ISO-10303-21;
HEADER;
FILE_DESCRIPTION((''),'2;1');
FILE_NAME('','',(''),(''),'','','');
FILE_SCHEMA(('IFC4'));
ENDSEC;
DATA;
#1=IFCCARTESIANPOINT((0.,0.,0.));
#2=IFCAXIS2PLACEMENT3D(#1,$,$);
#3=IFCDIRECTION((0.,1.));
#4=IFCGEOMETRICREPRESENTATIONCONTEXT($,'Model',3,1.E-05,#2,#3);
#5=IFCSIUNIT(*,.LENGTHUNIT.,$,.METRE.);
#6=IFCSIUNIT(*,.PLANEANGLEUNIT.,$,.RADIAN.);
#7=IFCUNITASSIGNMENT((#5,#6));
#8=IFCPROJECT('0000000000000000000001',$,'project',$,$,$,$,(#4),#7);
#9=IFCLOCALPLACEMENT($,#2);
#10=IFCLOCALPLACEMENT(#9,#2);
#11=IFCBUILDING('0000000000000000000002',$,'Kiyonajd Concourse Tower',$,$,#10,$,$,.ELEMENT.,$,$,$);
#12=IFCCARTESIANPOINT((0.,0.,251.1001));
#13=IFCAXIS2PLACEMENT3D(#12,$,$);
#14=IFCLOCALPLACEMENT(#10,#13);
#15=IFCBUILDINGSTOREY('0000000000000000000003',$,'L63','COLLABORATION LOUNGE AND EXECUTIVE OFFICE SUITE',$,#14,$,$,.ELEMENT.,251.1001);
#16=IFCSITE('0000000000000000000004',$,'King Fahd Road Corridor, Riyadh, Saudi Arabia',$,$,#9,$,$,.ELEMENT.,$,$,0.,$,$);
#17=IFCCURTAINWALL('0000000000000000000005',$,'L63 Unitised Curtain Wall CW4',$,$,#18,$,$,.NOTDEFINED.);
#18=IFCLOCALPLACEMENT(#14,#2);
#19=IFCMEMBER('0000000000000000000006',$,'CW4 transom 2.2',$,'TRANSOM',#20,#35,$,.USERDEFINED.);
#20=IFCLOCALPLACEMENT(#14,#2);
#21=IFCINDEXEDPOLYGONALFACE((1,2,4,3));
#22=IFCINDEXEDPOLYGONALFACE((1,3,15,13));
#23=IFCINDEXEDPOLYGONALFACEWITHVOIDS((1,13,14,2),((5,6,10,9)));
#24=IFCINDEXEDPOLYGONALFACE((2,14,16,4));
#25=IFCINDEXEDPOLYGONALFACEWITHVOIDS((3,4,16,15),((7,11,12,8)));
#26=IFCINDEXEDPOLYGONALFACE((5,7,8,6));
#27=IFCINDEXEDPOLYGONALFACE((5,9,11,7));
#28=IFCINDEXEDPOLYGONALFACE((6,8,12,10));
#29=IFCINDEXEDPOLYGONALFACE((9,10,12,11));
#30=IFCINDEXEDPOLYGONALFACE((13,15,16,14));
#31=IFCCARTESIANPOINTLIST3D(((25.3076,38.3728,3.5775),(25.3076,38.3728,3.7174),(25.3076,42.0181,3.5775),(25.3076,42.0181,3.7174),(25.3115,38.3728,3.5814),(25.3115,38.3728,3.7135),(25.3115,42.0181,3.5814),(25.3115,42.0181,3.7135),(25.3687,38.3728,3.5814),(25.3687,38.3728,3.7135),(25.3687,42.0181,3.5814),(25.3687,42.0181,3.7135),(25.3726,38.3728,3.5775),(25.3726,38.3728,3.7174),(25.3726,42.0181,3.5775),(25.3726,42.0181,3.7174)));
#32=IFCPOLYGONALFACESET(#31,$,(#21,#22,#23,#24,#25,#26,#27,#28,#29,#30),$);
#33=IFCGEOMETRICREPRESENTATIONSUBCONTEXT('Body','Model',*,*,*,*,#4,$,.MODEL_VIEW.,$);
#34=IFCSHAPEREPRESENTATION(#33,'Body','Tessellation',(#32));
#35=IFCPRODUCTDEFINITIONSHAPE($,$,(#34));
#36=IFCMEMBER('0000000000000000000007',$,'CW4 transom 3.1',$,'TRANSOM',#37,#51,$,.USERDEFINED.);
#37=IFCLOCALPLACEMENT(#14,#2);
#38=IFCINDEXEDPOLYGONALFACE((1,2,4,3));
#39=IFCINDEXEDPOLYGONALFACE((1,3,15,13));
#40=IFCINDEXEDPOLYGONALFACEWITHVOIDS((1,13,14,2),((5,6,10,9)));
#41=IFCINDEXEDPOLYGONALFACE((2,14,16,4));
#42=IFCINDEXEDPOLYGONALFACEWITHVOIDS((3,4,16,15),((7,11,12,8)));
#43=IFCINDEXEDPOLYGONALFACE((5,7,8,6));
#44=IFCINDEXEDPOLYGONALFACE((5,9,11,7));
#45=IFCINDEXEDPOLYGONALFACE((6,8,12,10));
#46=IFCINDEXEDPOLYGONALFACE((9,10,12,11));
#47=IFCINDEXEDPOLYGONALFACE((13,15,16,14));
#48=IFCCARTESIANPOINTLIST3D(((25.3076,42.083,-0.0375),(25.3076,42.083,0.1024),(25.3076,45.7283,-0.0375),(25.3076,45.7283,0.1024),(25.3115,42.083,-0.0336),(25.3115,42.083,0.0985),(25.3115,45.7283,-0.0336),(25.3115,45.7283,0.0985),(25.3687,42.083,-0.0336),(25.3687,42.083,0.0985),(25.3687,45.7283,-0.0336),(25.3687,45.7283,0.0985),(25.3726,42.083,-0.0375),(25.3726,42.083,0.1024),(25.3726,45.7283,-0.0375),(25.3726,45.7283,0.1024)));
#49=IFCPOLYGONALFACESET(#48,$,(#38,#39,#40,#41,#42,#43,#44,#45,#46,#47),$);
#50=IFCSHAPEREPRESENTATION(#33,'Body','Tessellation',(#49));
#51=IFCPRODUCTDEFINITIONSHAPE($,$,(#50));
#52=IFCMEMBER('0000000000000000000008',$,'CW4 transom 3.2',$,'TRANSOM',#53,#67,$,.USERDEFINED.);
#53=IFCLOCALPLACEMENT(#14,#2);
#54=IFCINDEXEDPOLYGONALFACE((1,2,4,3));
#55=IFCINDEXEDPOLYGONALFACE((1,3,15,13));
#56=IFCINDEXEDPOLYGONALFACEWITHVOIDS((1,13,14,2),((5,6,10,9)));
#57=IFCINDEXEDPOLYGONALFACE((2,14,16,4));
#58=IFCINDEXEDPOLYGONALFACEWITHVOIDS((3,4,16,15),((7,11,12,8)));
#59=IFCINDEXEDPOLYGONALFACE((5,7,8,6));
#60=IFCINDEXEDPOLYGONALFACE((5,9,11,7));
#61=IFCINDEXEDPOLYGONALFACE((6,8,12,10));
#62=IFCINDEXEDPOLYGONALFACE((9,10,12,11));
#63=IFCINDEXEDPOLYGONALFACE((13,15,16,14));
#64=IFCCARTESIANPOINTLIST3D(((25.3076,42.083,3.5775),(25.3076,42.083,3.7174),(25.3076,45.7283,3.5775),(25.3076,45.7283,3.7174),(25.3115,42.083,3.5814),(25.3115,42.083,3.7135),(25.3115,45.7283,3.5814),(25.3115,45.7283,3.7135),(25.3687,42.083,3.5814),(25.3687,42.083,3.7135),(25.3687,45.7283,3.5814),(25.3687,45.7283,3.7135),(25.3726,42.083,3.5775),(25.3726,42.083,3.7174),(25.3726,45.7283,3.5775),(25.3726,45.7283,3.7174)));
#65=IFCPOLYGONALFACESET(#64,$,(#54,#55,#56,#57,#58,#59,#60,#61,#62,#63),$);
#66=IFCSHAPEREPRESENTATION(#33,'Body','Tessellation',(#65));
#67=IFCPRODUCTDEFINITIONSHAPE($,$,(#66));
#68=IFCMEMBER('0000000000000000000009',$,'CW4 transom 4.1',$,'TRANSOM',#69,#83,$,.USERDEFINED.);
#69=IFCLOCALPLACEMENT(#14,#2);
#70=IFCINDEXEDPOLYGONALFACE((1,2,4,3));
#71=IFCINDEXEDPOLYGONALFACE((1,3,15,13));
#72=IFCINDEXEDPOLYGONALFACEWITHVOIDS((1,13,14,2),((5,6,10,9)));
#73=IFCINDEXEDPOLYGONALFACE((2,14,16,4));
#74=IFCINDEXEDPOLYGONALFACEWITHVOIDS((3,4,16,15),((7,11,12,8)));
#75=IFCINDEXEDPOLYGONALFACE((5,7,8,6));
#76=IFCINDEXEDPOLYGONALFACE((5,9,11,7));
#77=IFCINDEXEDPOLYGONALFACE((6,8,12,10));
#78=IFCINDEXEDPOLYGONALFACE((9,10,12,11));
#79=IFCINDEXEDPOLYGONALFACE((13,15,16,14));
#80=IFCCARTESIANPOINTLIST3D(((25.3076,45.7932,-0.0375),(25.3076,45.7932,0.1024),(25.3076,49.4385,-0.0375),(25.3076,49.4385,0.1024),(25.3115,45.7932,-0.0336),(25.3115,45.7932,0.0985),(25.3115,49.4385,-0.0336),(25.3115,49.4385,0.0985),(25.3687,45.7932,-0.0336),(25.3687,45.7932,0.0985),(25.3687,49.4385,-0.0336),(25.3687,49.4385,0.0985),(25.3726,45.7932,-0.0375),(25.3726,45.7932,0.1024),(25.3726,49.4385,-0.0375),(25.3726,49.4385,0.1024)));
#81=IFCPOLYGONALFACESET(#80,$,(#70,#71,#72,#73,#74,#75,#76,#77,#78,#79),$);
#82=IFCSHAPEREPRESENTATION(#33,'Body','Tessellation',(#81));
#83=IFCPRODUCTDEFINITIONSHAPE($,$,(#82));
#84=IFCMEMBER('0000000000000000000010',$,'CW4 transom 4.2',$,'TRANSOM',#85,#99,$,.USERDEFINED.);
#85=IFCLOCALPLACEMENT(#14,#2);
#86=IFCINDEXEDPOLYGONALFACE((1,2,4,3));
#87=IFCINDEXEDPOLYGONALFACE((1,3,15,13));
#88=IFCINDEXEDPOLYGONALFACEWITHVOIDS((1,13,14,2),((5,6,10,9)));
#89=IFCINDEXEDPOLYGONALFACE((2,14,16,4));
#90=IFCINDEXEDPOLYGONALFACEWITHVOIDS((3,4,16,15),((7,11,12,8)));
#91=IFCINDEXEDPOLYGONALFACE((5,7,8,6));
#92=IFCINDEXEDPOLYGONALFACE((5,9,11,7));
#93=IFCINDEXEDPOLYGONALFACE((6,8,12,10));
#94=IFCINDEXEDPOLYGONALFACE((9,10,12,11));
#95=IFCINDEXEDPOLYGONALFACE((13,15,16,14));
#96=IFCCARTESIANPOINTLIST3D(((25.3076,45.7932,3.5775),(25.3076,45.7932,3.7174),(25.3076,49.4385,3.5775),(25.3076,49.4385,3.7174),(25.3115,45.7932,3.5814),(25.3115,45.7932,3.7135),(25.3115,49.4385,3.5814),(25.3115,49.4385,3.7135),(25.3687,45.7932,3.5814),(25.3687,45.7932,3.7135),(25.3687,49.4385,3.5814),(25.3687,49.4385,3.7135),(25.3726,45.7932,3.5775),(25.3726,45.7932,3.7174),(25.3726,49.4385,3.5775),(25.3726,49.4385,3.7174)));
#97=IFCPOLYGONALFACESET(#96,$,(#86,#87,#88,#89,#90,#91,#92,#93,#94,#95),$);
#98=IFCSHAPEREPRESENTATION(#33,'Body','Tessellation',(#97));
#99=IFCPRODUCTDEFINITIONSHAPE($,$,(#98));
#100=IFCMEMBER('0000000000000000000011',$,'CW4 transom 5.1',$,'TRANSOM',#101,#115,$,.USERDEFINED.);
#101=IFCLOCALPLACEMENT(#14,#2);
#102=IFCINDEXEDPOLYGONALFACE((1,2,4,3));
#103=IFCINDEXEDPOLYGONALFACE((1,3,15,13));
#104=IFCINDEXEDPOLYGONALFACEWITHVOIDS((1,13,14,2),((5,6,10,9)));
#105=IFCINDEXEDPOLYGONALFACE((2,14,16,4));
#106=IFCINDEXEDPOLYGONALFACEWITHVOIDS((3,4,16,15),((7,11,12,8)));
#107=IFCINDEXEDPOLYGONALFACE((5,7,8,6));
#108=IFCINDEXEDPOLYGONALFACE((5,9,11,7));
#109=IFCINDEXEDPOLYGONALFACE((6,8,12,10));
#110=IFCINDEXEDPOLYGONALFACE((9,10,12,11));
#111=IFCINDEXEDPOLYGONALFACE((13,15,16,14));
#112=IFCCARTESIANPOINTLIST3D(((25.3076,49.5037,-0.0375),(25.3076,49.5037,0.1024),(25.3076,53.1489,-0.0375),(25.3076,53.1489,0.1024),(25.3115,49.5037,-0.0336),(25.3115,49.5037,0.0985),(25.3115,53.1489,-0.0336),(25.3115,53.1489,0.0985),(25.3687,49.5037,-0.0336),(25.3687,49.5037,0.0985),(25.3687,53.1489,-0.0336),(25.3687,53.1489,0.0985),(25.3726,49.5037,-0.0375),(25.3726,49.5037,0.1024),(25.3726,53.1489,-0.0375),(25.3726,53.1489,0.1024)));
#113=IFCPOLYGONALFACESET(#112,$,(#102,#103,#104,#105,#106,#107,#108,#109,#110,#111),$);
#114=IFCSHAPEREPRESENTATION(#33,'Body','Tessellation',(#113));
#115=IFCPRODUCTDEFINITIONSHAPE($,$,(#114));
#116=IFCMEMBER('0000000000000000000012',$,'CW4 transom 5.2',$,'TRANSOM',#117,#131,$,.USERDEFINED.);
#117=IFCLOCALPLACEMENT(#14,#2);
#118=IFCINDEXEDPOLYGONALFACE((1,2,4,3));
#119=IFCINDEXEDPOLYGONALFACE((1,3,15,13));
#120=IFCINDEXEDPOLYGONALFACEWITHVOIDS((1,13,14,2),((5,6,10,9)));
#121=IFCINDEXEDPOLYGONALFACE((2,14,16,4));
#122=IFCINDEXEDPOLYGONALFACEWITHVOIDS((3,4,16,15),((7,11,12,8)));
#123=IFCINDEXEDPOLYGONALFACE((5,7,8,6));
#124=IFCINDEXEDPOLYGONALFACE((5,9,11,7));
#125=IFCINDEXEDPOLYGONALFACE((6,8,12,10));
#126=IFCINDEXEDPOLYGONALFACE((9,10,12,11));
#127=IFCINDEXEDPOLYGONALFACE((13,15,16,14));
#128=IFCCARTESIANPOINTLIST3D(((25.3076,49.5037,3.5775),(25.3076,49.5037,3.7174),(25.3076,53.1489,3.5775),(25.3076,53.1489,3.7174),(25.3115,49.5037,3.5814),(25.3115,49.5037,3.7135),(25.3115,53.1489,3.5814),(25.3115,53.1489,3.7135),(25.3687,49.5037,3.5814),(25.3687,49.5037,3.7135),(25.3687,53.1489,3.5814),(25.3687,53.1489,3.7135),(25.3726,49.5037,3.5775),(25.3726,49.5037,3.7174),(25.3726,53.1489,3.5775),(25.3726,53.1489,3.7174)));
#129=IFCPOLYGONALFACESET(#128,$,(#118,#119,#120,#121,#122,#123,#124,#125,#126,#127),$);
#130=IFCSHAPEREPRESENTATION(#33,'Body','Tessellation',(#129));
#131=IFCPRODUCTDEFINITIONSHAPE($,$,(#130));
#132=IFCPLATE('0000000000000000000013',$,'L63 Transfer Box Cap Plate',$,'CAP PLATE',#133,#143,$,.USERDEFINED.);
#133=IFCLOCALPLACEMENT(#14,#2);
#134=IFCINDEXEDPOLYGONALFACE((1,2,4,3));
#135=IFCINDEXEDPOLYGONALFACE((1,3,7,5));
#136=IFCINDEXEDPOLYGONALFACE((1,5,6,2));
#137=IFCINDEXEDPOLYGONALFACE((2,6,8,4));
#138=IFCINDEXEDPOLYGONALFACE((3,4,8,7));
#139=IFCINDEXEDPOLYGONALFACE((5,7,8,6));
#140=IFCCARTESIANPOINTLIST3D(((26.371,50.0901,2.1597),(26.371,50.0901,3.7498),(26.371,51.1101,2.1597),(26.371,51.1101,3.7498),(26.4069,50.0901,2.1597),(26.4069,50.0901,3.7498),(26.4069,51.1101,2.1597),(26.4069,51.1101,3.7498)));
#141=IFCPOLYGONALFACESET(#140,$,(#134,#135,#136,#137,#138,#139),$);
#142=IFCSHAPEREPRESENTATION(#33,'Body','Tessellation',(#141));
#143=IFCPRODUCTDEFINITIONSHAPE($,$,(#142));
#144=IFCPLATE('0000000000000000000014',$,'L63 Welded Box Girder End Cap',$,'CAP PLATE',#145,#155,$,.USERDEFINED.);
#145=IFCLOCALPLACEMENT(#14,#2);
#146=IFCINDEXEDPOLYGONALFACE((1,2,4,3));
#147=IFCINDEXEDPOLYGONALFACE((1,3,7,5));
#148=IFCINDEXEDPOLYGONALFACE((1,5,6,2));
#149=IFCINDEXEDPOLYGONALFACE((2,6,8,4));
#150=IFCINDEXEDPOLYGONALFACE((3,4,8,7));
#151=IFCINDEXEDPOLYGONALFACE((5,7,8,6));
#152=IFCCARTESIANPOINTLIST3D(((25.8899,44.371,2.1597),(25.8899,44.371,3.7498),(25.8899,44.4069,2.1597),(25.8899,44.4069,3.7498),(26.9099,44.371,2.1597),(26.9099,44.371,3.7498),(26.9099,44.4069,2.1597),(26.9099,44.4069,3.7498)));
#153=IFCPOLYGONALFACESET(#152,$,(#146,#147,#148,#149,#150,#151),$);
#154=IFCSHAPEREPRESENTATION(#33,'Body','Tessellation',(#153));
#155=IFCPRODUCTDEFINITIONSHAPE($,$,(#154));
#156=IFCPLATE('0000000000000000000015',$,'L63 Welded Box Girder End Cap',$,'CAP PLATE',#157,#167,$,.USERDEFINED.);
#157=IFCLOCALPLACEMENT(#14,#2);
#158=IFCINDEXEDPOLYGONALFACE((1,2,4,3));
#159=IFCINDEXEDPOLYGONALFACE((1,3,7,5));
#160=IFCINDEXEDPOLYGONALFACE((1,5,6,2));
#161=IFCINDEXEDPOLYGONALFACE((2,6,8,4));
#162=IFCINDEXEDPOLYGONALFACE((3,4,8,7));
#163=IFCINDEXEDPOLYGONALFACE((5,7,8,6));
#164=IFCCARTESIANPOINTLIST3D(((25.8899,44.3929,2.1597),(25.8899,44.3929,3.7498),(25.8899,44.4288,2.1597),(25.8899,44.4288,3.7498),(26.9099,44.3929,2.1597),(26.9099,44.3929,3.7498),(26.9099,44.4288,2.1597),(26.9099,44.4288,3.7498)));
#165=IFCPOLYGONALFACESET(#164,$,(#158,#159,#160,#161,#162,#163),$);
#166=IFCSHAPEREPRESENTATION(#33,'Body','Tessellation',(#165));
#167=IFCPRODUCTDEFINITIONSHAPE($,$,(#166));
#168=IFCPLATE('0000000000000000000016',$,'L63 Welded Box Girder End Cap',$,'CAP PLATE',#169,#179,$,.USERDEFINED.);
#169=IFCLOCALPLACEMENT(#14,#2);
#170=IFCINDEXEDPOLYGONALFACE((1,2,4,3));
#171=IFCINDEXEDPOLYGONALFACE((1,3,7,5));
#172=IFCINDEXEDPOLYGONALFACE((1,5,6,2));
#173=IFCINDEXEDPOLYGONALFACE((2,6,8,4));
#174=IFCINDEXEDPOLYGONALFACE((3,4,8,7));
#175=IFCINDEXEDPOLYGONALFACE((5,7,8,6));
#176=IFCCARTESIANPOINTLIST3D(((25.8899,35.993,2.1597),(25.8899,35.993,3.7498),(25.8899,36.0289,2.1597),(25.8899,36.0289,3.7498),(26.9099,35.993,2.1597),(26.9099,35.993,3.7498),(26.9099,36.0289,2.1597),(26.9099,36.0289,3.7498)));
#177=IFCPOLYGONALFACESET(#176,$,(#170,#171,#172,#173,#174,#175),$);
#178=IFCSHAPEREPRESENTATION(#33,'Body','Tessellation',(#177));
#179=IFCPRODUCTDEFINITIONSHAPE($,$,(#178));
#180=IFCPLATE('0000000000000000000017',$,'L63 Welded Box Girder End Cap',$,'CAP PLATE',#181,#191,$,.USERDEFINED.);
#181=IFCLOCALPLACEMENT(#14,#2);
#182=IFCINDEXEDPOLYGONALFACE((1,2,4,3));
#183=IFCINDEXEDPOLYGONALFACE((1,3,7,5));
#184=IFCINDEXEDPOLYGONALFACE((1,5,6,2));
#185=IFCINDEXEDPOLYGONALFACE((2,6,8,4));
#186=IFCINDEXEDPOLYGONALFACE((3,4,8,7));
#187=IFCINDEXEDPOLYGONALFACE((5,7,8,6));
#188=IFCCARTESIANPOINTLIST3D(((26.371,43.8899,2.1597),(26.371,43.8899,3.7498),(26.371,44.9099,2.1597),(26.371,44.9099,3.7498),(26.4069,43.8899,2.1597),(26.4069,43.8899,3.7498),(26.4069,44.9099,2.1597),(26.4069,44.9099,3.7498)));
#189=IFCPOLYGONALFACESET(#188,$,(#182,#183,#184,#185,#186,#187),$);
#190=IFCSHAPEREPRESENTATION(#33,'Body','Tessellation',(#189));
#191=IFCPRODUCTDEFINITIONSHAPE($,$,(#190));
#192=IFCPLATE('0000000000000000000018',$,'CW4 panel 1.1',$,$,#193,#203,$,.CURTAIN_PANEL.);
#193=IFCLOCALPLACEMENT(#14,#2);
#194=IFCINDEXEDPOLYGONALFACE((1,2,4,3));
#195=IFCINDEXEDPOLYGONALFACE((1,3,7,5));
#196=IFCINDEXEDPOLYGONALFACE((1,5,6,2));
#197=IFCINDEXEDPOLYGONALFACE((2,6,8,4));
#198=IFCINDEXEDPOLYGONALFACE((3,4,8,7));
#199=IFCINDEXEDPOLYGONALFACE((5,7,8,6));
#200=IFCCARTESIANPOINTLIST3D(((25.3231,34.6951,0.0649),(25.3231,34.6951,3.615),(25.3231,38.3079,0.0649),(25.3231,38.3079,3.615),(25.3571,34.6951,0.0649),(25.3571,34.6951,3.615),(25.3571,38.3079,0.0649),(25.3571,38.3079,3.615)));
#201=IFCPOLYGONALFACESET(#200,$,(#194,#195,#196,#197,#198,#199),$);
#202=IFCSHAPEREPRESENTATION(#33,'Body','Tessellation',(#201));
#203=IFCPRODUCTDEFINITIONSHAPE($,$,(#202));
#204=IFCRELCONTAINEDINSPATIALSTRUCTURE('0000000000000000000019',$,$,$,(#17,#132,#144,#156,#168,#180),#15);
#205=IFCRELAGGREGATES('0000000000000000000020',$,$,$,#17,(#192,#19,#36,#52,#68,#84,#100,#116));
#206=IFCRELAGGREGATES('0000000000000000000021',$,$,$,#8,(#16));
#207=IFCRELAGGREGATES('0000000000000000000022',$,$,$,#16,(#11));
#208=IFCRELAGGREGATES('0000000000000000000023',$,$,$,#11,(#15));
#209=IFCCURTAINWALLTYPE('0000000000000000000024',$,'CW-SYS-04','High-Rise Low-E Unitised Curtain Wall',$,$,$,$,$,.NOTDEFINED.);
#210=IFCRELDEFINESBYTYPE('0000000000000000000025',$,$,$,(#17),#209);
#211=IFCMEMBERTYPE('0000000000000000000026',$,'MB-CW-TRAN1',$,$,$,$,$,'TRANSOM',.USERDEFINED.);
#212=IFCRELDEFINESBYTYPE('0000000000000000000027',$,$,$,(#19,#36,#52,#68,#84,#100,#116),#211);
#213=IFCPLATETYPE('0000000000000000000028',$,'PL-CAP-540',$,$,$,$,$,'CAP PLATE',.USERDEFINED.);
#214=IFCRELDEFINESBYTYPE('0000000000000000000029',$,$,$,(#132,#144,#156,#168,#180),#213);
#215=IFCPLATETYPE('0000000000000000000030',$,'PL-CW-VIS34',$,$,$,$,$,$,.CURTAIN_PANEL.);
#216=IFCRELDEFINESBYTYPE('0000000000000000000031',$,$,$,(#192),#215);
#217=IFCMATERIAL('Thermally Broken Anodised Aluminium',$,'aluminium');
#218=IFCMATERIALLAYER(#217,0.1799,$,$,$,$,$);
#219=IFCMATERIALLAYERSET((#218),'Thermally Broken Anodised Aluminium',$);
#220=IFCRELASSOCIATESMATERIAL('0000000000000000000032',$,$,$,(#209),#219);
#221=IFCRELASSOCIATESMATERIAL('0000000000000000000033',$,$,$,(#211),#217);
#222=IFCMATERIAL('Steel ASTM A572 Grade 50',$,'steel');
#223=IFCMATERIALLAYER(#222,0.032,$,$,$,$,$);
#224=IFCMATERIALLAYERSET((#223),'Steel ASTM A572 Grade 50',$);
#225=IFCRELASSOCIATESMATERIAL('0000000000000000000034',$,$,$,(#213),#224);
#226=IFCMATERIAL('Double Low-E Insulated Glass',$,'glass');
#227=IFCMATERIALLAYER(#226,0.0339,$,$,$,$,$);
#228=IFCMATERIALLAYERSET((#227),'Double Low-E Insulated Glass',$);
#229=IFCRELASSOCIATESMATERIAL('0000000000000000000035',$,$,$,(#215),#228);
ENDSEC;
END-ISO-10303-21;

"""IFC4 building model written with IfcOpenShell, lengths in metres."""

from ifc_helpers import new_model, si_unit, direction, frame, origin, origin_2d, place, context, subcontext, project, spatial, rectangle, hollow_rectangle, extrude, material, layer, layer_set, material_profile, profile_set, type_object, element, aggregate, save


model = new_model("IFC4")

# Units and contexts
model_context = context("Model", 3, precision=1e-05, world=origin(), true_north=direction((0.0, 1.0)))
body_context = subcontext(model_context, "Body", "Model", "MODEL_VIEW")
ifc_project = project(units=[si_unit("LENGTHUNIT", "METRE"), si_unit("PLANEANGLEUNIT", "RADIAN")], contexts=[model_context])

# Site, building, storey
site_placement = place(None, origin())
site = spatial("IfcSite", under=ifc_project, at=site_placement, Name="King Fahd Road Corridor, Riyadh, Saudi Arabia", CompositionType="ELEMENT", RefElevation=0.0)
building_placement = place(site_placement, origin())
building = spatial("IfcBuilding", under=site, at=building_placement, Name="Kiyonajd Concourse Tower", CompositionType="ELEMENT")
storey_placement = place(building_placement, frame((0.0, 0.0, 251.1001)))
storey = spatial("IfcBuildingStorey", under=building, at=storey_placement, Name="L63", Description="COLLABORATION LOUNGE AND EXECUTIVE OFFICE SUITE", CompositionType="ELEMENT", Elevation=251.1001)

# Shared definitions
ifc_material_1 = material(Name="Steel ASTM A572 Grade 50", Category="steel")

# Curtain wall, members
ifc_material_2 = material(Name="Thermally Broken Anodised Aluminium", Category="aluminium")
ifc_layer_1 = layer(ifc_material_2, 0.1799)
ifc_layer_set_1 = layer_set([ifc_layer_1], Name="Thermally Broken Anodised Aluminium")
curtain_wall_type = type_object("IfcCurtainWallType", Name="CW-SYS-04", Description="High-Rise Low-E Unitised Curtain Wall", PredefinedType="NOTDEFINED", material=ifc_layer_set_1)
curtain_wall_placement = place(storey_placement, origin())
curtain_wall = element("IfcCurtainWall", 1, at=curtain_wall_placement, inside=storey, type_object=curtain_wall_type, Name="L63 Unitised Curtain Wall CW4", PredefinedType="NOTDEFINED")
ifc_material_profile_1 = material_profile(ifc_material_2, hollow_rectangle(XDim=0.0649, YDim=0.1399, WallThickness=0.0039, at=origin_2d()), Name="TRAN-65x140")
ifc_profile_set_1 = profile_set([ifc_material_profile_1], Name="Thermally Broken Anodised Aluminium")
member_type_1 = type_object("IfcMemberType", Name="MB-CW-TRAN1", ElementType="TRANSOM", PredefinedType="USERDEFINED", material=ifc_profile_set_1)
member_1_placement = place(storey_placement, frame((25.3401, 38.3728, 3.6475), z_axis=(0.0, 1.0, 0.0), x_axis=(-1.0, 0.0, 0.0)))
member_1 = element("IfcMember", 2, at=member_1_placement, type_object=member_type_1, Name="CW4 transom 2.2", ObjectType="TRANSOM", PredefinedType="USERDEFINED", context=body_context, shape_type="SweptSolid", body=[
    extrude(hollow_rectangle(XDim=0.0649, YDim=0.1399, WallThickness=0.0039, at=origin_2d()), origin(), (0.0, 0.0, 1.0), 3.6453),
])
member_2_placement = place(storey_placement, frame((25.3401, 42.083, 0.0325), z_axis=(0.0, 1.0, 0.0), x_axis=(-1.0, 0.0, 0.0)))
member_2 = element("IfcMember", 3, at=member_2_placement, type_object=member_type_1, Name="CW4 transom 3.1", ObjectType="TRANSOM", PredefinedType="USERDEFINED", context=body_context, shape_type="SweptSolid", body=[
    extrude(hollow_rectangle(XDim=0.0649, YDim=0.1399, WallThickness=0.0039, at=origin_2d()), origin(), (0.0, 0.0, 1.0), 3.6453),
])
member_3_placement = place(storey_placement, frame((25.3401, 42.083, 3.6475), z_axis=(0.0, 1.0, 0.0), x_axis=(-1.0, 0.0, 0.0)))
member_3 = element("IfcMember", 4, at=member_3_placement, type_object=member_type_1, Name="CW4 transom 3.2", ObjectType="TRANSOM", PredefinedType="USERDEFINED", context=body_context, shape_type="SweptSolid", body=[
    extrude(hollow_rectangle(XDim=0.0649, YDim=0.1399, WallThickness=0.0039, at=origin_2d()), origin(), (0.0, 0.0, 1.0), 3.6453),
])
member_4_placement = place(storey_placement, frame((25.3401, 45.7932, 0.0325), z_axis=(0.0, 1.0, 0.0), x_axis=(-1.0, 0.0, 0.0)))
member_4 = element("IfcMember", 5, at=member_4_placement, type_object=member_type_1, Name="CW4 transom 4.1", ObjectType="TRANSOM", PredefinedType="USERDEFINED", context=body_context, shape_type="SweptSolid", body=[
    extrude(hollow_rectangle(XDim=0.0649, YDim=0.1399, WallThickness=0.0039, at=origin_2d()), origin(), (0.0, 0.0, 1.0), 3.6453),
])
member_5_placement = place(storey_placement, frame((25.3401, 45.7932, 3.6475), z_axis=(0.0, 1.0, 0.0), x_axis=(-1.0, 0.0, 0.0)))
member_5 = element("IfcMember", 6, at=member_5_placement, type_object=member_type_1, Name="CW4 transom 4.2", ObjectType="TRANSOM", PredefinedType="USERDEFINED", context=body_context, shape_type="SweptSolid", body=[
    extrude(hollow_rectangle(XDim=0.0649, YDim=0.1399, WallThickness=0.0039, at=origin_2d()), origin(), (0.0, 0.0, 1.0), 3.6453),
])
member_6_placement = place(storey_placement, frame((25.3401, 49.5037, 0.0325), z_axis=(0.0, 1.0, 0.0), x_axis=(-1.0, 0.0, 0.0)))
member_6 = element("IfcMember", 7, at=member_6_placement, type_object=member_type_1, Name="CW4 transom 5.1", ObjectType="TRANSOM", PredefinedType="USERDEFINED", context=body_context, shape_type="SweptSolid", body=[
    extrude(hollow_rectangle(XDim=0.0649, YDim=0.1399, WallThickness=0.0039, at=origin_2d()), origin(), (0.0, 0.0, 1.0), 3.6453),
])
member_7_placement = place(storey_placement, frame((25.3401, 49.5037, 3.6475), z_axis=(0.0, 1.0, 0.0), x_axis=(-1.0, 0.0, 0.0)))
member_7 = element("IfcMember", 8, at=member_7_placement, type_object=member_type_1, Name="CW4 transom 5.2", ObjectType="TRANSOM", PredefinedType="USERDEFINED", context=body_context, shape_type="SweptSolid", body=[
    extrude(hollow_rectangle(XDim=0.0649, YDim=0.1399, WallThickness=0.0039, at=origin_2d()), origin(), (0.0, 0.0, 1.0), 3.6453),
])

# Plates
ifc_layer_2 = layer(ifc_material_1, 0.032)
ifc_layer_set_2 = layer_set([ifc_layer_2], Name="Steel ASTM A572 Grade 50")
plate_type_1 = type_object("IfcPlateType", Name="PL-CAP-540", ElementType="CAP PLATE", PredefinedType="USERDEFINED", material=ifc_layer_set_2)
for number, where, z_axis, x_axis, name in (
    (9, (26.3889, 50.6001, 2.1597), (0.0, 0.0, 1.0), (-1.0, 0.0, 0.0), "L63 Transfer Box Cap Plate"),
    (10, (26.3999, 44.3889, 2.1597), (0.0, 0.0, 1.0), (0.0, -1.0, 0.0), "L63 Welded Box Girder End Cap"),
    (11, (26.3999, 44.4109, 2.1597), (0.0, 0.0, 1.0), (0.0, 1.0, 0.0), "L63 Welded Box Girder End Cap"),
    (12, (26.3999, 36.011, 2.1597), (0.0, 0.0, 1.0), (0.0, 1.0, 0.0), "L63 Welded Box Girder End Cap"),
    (13, (26.3889, 44.3999, 2.1597), (0.0, 0.0, 1.0), (-1.0, 0.0, 0.0), "L63 Welded Box Girder End Cap"),
):
    element("IfcPlate", number, at=place(storey_placement, frame(where, z_axis=z_axis, x_axis=x_axis)), inside=storey, type_object=plate_type_1, Name=name, ObjectType="CAP PLATE", PredefinedType="USERDEFINED", context=body_context, shape_type="SweptSolid", body=[
        extrude(rectangle(XDim=0.0359, YDim=1.02, at=origin_2d()), origin(), (0.0, 0.0, 1.0), 1.5901),
    ])

# Plate
ifc_material_3 = material(Name="Double Low-E Insulated Glass", Category="glass")
ifc_layer_3 = layer(ifc_material_3, 0.0339)
ifc_layer_set_3 = layer_set([ifc_layer_3], Name="Double Low-E Insulated Glass")
plate_type_2 = type_object("IfcPlateType", Name="PL-CW-VIS34", PredefinedType="CURTAIN_PANEL", material=ifc_layer_set_3)
plate_1_placement = place(storey_placement, frame((25.3401, 36.5015, 0.0649), z_axis=(0.0, 0.0, 1.0), x_axis=(0.0, 1.0, 0.0)))
plate_1 = element("IfcPlate", 14, at=plate_1_placement, type_object=plate_type_2, Name="CW4 panel 1.1", PredefinedType="CURTAIN_PANEL", context=body_context, shape_type="SweptSolid", body=[
    extrude(rectangle(XDim=3.6128, YDim=0.0339, at=origin_2d()), origin(), (0.0, 0.0, 1.0), 3.55),
])
aggregate(curtain_wall, [plate_1, member_1, member_2, member_3, member_4, member_5, member_6, member_7])

save(model, "model.ifc")
